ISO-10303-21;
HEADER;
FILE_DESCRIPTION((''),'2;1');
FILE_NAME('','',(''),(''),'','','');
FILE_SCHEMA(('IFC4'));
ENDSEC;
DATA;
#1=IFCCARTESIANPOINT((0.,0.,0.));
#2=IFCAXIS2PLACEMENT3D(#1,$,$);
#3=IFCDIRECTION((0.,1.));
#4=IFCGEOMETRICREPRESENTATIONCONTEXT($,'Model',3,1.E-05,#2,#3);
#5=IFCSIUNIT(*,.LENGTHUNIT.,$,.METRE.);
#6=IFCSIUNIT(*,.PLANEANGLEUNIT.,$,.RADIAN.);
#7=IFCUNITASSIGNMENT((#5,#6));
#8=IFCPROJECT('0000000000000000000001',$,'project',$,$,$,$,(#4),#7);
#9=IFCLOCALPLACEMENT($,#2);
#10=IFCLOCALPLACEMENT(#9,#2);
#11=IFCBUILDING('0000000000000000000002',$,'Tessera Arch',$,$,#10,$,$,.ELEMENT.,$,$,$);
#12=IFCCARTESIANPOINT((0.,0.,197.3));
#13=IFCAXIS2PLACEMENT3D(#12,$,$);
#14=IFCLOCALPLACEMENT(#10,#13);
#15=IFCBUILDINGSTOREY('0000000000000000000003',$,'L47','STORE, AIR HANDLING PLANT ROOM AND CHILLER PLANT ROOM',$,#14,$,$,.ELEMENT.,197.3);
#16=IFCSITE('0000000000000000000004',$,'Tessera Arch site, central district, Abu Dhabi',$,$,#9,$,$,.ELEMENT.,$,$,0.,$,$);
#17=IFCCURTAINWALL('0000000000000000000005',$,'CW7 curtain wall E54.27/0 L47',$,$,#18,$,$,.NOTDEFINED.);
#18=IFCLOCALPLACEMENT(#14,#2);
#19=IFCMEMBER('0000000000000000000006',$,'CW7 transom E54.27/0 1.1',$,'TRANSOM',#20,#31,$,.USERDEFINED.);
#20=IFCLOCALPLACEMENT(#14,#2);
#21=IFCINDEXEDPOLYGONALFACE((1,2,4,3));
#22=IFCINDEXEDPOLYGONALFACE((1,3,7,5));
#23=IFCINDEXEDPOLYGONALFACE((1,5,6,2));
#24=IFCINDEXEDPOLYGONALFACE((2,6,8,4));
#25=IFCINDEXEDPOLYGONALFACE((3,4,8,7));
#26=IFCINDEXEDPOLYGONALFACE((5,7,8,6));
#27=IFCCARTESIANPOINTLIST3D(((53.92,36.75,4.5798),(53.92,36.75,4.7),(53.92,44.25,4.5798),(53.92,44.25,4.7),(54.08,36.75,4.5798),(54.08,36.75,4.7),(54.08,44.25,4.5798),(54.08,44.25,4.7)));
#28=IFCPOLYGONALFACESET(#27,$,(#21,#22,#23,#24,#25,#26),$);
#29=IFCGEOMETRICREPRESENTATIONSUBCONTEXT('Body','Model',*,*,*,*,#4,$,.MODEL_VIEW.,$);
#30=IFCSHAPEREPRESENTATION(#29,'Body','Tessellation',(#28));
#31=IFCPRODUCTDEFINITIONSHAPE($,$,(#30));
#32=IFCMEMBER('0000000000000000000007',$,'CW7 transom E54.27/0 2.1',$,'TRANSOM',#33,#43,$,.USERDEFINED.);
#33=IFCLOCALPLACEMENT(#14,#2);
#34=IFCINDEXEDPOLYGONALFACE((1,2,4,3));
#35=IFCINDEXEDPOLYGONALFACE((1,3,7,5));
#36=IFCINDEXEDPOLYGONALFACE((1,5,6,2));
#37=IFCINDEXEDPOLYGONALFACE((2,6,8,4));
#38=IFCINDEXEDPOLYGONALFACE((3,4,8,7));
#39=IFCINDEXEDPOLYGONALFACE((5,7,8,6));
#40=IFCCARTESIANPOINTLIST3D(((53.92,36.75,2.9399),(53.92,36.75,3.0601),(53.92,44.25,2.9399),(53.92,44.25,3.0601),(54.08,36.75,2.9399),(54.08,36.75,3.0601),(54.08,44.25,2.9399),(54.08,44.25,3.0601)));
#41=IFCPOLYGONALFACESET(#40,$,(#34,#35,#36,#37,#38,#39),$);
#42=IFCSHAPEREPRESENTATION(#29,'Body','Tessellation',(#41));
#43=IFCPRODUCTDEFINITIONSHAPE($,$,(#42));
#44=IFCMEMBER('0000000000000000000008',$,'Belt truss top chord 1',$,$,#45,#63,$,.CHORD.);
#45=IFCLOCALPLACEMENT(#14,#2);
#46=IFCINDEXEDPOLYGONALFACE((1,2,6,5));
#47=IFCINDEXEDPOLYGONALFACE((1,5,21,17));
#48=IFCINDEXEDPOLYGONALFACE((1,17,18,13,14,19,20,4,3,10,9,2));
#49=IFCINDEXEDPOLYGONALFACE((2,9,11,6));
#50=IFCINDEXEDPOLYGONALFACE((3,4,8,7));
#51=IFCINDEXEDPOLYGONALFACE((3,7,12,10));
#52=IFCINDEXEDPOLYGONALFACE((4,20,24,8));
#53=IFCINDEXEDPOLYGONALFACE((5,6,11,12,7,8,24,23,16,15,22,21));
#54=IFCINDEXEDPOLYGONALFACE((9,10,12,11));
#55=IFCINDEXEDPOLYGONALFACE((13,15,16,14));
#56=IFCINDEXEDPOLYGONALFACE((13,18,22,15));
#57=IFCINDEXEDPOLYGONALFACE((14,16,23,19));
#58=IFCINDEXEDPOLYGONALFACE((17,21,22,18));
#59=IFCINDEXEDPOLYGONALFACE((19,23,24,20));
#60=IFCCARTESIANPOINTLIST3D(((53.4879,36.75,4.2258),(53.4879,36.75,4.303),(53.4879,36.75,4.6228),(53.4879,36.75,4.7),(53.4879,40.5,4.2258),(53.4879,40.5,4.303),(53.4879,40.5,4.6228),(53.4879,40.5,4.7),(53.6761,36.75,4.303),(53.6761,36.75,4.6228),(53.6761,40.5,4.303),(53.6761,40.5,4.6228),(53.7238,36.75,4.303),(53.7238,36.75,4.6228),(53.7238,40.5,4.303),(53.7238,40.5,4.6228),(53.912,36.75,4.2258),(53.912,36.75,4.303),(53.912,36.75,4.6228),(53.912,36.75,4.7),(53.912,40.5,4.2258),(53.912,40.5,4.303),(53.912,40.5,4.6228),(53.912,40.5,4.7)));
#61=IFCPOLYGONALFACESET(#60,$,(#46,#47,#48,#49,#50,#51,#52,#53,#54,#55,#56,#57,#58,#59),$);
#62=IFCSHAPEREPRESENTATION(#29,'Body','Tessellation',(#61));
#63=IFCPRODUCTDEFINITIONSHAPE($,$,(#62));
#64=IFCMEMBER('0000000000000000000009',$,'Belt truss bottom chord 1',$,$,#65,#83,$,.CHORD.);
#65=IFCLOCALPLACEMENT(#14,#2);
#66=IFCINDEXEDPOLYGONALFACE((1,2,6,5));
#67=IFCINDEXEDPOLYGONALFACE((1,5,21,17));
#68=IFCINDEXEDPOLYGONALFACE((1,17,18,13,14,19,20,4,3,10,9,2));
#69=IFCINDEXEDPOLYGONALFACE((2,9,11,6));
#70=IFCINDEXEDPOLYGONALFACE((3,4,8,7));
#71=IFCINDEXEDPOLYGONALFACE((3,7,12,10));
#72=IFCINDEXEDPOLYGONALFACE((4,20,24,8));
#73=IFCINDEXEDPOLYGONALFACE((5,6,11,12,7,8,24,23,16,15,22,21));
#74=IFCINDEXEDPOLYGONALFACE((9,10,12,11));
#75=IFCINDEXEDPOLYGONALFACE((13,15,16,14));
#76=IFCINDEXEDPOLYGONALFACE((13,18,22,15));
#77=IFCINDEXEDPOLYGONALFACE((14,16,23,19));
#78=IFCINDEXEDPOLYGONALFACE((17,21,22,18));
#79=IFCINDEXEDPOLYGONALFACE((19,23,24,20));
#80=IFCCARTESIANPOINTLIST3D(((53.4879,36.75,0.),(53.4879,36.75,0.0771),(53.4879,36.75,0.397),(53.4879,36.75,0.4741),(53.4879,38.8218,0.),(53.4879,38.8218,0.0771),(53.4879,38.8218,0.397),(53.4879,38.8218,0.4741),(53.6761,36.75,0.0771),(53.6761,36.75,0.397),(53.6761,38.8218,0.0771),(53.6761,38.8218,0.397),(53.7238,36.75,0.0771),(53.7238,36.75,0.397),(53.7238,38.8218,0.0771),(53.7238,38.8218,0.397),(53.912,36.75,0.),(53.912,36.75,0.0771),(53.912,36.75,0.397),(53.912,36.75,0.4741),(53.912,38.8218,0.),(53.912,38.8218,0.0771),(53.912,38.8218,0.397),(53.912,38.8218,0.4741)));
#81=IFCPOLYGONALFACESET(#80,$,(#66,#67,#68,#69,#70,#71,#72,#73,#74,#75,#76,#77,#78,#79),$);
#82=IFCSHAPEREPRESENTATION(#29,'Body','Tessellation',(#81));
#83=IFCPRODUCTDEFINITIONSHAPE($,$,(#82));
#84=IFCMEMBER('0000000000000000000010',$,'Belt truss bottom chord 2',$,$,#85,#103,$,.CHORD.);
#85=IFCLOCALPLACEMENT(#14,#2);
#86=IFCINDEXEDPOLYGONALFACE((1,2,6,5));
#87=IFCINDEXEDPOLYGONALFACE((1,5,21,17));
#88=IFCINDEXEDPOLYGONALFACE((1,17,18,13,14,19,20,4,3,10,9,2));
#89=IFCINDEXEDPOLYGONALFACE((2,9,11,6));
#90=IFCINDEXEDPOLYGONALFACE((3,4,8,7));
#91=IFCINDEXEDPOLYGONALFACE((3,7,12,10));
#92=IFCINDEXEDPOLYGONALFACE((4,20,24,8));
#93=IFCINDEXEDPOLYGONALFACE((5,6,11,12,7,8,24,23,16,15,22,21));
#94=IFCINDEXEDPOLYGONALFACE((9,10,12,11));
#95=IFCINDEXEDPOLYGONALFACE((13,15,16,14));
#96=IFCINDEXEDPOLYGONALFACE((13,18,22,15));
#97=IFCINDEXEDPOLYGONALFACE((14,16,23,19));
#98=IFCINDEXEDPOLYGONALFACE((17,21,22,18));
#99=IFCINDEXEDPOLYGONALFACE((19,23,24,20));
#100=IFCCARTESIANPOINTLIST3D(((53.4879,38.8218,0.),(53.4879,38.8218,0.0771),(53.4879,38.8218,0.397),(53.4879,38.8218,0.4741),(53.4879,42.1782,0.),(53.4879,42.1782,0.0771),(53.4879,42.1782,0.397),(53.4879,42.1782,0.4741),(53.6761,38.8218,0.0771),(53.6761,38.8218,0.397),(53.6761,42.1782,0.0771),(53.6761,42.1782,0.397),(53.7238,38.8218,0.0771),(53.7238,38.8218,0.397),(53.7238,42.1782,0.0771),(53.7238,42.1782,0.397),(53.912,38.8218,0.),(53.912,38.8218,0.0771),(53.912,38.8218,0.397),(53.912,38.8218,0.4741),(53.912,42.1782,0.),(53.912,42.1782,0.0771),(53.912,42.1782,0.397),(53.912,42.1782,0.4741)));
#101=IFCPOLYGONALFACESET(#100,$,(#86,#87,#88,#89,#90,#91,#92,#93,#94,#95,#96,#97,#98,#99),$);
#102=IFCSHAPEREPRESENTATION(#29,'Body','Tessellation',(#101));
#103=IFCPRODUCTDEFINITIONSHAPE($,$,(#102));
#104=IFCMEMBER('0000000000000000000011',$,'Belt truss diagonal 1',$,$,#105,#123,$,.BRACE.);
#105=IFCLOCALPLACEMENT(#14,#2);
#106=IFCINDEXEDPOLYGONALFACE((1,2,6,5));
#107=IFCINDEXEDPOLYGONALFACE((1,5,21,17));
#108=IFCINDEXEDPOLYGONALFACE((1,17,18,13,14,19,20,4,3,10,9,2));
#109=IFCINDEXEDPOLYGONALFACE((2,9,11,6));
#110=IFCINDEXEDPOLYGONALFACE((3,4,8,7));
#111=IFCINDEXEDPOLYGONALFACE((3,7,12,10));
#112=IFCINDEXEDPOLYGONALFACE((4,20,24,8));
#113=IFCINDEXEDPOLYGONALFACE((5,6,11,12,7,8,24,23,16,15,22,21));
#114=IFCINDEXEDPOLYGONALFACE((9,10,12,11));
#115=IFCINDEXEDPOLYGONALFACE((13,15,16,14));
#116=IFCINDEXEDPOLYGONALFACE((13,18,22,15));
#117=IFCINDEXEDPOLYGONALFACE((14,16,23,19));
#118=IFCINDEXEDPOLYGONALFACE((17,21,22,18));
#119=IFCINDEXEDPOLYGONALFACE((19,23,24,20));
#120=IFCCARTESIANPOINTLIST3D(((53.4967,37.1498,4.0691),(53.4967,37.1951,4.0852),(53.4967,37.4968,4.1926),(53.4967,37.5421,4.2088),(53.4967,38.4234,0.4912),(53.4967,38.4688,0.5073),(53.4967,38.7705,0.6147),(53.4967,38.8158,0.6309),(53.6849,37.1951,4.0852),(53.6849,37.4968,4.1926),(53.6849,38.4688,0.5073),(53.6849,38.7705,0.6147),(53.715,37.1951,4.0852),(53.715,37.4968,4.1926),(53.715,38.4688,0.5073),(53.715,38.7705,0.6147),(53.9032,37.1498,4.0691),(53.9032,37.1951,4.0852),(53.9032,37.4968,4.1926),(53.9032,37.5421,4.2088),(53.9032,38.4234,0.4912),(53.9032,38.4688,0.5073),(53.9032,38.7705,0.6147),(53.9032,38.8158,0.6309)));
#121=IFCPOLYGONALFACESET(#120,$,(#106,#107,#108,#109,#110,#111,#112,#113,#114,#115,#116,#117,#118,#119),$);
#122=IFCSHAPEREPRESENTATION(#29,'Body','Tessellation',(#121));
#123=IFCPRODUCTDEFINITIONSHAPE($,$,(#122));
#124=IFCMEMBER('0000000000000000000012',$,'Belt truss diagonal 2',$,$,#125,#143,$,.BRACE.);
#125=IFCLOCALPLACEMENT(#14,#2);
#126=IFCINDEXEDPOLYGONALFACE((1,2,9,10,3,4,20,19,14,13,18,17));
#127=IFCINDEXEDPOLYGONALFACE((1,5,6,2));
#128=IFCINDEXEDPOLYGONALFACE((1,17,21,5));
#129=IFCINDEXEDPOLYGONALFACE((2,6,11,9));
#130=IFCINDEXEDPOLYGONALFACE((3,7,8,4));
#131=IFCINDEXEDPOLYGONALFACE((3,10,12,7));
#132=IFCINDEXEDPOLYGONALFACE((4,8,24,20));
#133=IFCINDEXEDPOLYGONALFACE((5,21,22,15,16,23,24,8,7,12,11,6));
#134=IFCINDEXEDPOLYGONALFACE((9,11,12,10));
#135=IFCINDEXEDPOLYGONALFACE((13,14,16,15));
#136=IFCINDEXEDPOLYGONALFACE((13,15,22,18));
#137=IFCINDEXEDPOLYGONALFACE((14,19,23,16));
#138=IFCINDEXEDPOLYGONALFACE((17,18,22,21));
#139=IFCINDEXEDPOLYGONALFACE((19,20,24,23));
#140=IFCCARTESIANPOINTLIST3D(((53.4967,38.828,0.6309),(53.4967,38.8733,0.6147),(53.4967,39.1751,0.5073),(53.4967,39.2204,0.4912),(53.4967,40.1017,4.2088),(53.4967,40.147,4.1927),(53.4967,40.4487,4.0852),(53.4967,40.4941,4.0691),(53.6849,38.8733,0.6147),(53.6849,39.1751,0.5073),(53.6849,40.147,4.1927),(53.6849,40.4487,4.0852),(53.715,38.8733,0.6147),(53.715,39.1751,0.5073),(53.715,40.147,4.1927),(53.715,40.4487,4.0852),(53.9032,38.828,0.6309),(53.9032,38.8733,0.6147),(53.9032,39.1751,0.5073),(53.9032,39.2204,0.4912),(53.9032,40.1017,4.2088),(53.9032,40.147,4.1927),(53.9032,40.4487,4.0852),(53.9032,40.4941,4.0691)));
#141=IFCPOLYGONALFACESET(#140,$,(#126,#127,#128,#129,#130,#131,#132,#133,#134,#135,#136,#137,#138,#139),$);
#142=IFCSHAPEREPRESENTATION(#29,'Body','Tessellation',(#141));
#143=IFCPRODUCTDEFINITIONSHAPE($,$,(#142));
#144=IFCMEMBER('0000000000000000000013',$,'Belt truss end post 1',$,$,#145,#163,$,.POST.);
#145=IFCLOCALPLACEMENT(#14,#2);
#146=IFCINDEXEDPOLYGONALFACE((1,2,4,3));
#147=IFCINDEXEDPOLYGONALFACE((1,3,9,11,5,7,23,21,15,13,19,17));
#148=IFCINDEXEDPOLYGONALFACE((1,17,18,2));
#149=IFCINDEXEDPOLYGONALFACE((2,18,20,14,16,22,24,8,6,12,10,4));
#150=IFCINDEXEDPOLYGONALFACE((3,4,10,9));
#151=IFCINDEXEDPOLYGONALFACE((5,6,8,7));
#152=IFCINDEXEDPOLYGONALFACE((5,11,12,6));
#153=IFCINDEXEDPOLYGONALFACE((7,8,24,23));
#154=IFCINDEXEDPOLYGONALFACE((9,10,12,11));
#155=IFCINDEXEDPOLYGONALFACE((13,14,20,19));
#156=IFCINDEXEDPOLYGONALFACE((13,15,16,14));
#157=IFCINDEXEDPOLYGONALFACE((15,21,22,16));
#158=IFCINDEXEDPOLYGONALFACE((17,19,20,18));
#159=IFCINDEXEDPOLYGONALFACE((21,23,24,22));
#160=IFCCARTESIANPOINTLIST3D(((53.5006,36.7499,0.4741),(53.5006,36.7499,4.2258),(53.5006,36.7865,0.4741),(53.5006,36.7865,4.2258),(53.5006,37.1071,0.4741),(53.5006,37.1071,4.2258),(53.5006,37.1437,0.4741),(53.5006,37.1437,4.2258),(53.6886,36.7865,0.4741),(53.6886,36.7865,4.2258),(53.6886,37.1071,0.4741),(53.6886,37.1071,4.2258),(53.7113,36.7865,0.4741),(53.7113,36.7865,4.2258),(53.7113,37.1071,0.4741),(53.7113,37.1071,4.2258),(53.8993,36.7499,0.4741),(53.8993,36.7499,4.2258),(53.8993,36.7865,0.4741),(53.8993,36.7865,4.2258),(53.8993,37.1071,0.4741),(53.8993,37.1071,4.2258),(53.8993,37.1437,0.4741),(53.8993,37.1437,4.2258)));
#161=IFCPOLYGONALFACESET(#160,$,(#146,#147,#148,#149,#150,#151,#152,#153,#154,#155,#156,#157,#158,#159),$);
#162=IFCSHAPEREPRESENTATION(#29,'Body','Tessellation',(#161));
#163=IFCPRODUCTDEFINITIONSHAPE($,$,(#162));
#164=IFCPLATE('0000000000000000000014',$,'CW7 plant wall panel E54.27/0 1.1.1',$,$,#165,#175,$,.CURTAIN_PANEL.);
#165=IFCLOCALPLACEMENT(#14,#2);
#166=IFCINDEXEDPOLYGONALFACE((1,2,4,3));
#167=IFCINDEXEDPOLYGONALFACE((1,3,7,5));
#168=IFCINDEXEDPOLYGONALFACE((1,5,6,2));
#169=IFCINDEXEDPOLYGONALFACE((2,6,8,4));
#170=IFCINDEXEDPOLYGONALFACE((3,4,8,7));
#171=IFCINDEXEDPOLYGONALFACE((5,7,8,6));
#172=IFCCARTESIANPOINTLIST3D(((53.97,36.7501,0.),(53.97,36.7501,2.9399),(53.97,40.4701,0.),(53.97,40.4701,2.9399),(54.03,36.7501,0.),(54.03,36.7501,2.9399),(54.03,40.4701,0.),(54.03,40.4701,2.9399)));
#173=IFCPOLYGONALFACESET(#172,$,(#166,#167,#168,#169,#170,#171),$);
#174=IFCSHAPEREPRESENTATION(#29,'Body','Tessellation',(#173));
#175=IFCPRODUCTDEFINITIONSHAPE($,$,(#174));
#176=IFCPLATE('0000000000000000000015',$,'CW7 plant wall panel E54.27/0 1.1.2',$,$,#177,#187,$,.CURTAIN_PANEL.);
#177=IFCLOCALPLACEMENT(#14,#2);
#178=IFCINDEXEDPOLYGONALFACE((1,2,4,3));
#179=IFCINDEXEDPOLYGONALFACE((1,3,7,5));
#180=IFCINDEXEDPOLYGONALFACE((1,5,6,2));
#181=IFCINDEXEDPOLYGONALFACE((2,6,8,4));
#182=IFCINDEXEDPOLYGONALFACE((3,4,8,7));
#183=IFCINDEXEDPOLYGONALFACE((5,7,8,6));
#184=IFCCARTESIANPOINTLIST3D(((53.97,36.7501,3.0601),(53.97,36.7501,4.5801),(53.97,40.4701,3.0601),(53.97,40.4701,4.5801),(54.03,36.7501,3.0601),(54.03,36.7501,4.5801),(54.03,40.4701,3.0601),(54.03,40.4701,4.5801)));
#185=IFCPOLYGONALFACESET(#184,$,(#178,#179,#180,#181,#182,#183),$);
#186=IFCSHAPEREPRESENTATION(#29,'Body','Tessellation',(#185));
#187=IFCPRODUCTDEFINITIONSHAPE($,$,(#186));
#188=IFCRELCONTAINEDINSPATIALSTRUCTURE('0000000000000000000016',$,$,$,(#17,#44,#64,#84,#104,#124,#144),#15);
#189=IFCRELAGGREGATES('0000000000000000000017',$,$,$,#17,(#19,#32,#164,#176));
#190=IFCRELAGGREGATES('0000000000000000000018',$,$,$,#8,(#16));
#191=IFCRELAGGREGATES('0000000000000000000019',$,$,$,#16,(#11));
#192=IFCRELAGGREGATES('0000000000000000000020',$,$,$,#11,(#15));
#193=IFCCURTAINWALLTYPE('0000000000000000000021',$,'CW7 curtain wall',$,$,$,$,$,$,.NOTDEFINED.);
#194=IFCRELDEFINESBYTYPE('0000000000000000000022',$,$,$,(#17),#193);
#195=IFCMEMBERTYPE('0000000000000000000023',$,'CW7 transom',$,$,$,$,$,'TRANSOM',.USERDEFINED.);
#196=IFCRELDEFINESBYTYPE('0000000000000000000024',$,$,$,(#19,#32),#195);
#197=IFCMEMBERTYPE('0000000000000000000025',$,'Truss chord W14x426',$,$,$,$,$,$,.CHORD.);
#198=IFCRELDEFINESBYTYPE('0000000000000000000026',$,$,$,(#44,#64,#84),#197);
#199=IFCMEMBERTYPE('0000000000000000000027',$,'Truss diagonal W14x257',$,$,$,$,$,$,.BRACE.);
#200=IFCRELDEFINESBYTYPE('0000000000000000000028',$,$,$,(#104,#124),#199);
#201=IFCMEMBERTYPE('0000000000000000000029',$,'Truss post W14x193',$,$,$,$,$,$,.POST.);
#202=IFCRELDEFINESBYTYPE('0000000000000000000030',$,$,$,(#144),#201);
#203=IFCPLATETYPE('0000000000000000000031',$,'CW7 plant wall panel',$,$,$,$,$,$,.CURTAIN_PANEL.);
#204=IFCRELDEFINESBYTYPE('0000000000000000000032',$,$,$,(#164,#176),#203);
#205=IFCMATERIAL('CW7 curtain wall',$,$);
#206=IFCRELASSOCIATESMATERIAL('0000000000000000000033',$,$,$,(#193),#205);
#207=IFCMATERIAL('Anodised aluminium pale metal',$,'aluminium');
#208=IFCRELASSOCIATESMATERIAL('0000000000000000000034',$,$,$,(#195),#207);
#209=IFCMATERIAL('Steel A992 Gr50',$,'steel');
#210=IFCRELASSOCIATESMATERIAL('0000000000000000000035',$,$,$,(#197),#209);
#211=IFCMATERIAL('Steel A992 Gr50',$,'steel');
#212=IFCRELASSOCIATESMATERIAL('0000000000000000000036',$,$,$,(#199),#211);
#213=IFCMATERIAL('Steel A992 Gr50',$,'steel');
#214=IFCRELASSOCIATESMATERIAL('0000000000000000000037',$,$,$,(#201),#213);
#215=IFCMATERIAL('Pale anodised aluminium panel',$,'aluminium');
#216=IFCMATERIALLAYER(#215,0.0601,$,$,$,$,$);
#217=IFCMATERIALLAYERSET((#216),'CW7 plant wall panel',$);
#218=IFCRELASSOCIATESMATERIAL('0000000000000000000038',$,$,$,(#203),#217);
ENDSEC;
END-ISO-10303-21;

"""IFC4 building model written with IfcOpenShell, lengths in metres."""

from ifc_helpers import new_model, si_unit, direction, frame, origin, origin_2d, place, context, subcontext, project, spatial, rectangle, i_section, extrude, material, layer, layer_set, material_profile, profile_set, type_object, element, aggregate, save


model = new_model("IFC4")

# Units and contexts
model_context = context("Model", 3, precision=1e-05, world=origin(), true_north=direction((0.0, 1.0)))
body_context = subcontext(model_context, "Body", "Model", "MODEL_VIEW")
ifc_project = project(units=[si_unit("LENGTHUNIT", "METRE"), si_unit("PLANEANGLEUNIT", "RADIAN")], contexts=[model_context])

# Site, building, storey
site_placement = place(None, origin())
site = spatial("IfcSite", under=ifc_project, at=site_placement, Name="Tessera Arch site, central district, Abu Dhabi", CompositionType="ELEMENT", RefElevation=0.0)
building_placement = place(site_placement, origin())
building = spatial("IfcBuilding", under=site, at=building_placement, Name="Tessera Arch", CompositionType="ELEMENT")
storey_placement = place(building_placement, frame((0.0, 0.0, 197.3)))
storey = spatial("IfcBuildingStorey", under=building, at=storey_placement, Name="L47", Description="STORE, AIR HANDLING PLANT ROOM AND CHILLER PLANT ROOM", CompositionType="ELEMENT", Elevation=197.3)

# Curtain wall, members
ifc_material_1 = material(Name="CW7 curtain wall")
curtain_wall_type = type_object("IfcCurtainWallType", Name="CW7 curtain wall", PredefinedType="NOTDEFINED", material=ifc_material_1)
curtain_wall_placement = place(storey_placement, origin())
curtain_wall = element("IfcCurtainWall", 1, at=curtain_wall_placement, inside=storey, type_object=curtain_wall_type, Name="CW7 curtain wall E54.27/0 L47", PredefinedType="NOTDEFINED")
ifc_material_2 = material(Name="Anodised aluminium pale metal", Category="aluminium")
ifc_material_profile_1 = material_profile(ifc_material_2, rectangle(XDim=0.1599, YDim=0.1201, at=origin_2d()), Name="AL 160x120")
ifc_profile_set_1 = profile_set([ifc_material_profile_1], Name="Anodised aluminium pale metal")
member_type_1 = type_object("IfcMemberType", Name="CW7 transom", ElementType="TRANSOM", PredefinedType="USERDEFINED", material=ifc_profile_set_1)
member_1_placement = place(storey_placement, frame((54.0, 36.75, 4.6399), z_axis=(0.0, 1.0, 0.0), x_axis=(-1.0, 0.0, 0.0)))
member_1 = element("IfcMember", 2, at=member_1_placement, type_object=member_type_1, Name="CW7 transom E54.27/0 1.1", ObjectType="TRANSOM", PredefinedType="USERDEFINED", context=body_context, shape_type="SweptSolid", body=[
    extrude(rectangle(XDim=0.1599, YDim=0.1201, at=origin_2d()), origin(), (0.0, 0.0, 1.0), 7.5),
])
member_2_placement = place(storey_placement, frame((54.0, 36.75, 3.0), z_axis=(0.0, 1.0, 0.0), x_axis=(-1.0, 0.0, 0.0)))
member_2 = element("IfcMember", 3, at=member_2_placement, type_object=member_type_1, Name="CW7 transom E54.27/0 2.1", ObjectType="TRANSOM", PredefinedType="USERDEFINED", context=body_context, shape_type="SweptSolid", body=[
    extrude(rectangle(XDim=0.1599, YDim=0.1201, at=origin_2d()), origin(), (0.0, 0.0, 1.0), 7.5),
])

# Members
ifc_material_3 = material(Name="Steel A992 Gr50", Category="steel")
ifc_material_profile_2 = material_profile(ifc_material_3, i_section(OverallWidth=0.4241, OverallDepth=0.4741, WebThickness=0.0476, FlangeThickness=0.0771, at=origin_2d()), Name="W14x426")
ifc_profile_set_2 = profile_set([ifc_material_profile_2], Name="Steel A992 Gr50")
member_type_2 = type_object("IfcMemberType", Name="Truss chord W14x426", PredefinedType="CHORD", material=ifc_profile_set_2)
member_3_placement = place(storey_placement, frame((53.7, 36.75, 4.4629), z_axis=(0.0, 1.0, 0.0), x_axis=(-1.0, 0.0, 0.0)))
element("IfcMember", 4, at=member_3_placement, inside=storey, type_object=member_type_2, Name="Belt truss top chord 1", PredefinedType="CHORD", context=body_context, shape_type="SweptSolid", body=[
    extrude(i_section(OverallWidth=0.4241, OverallDepth=0.4741, WebThickness=0.0476, FlangeThickness=0.0771, at=origin_2d()), origin(), (0.0, 0.0, 1.0), 3.75),
])
member_4_placement = place(storey_placement, frame((53.7, 36.75, 0.2371), z_axis=(0.0, 1.0, 0.0), x_axis=(-1.0, 0.0, 0.0)))
element("IfcMember", 5, at=member_4_placement, inside=storey, type_object=member_type_2, Name="Belt truss bottom chord 1", PredefinedType="CHORD", context=body_context, shape_type="SweptSolid", body=[
    extrude(i_section(OverallWidth=0.4241, OverallDepth=0.4741, WebThickness=0.0476, FlangeThickness=0.0771, at=origin_2d()), origin(), (0.0, 0.0, 1.0), 2.0718),
])
member_5_placement = place(storey_placement, frame((53.7, 38.8218, 0.2371), z_axis=(0.0, 1.0, 0.0), x_axis=(-1.0, 0.0, 0.0)))
element("IfcMember", 6, at=member_5_placement, inside=storey, type_object=member_type_2, Name="Belt truss bottom chord 2", PredefinedType="CHORD", context=body_context, shape_type="SweptSolid", body=[
    extrude(i_section(OverallWidth=0.4241, OverallDepth=0.4741, WebThickness=0.0476, FlangeThickness=0.0771, at=origin_2d()), origin(), (0.0, 0.0, 1.0), 3.3564),
])
ifc_material_4 = material(Name="Steel A992 Gr50", Category="steel")
ifc_material_profile_3 = material_profile(ifc_material_4, i_section(OverallWidth=0.4065, OverallDepth=0.4165, WebThickness=0.03, FlangeThickness=0.0481, at=origin_2d()), Name="W14x257")
ifc_profile_set_3 = profile_set([ifc_material_profile_3], Name="Steel A992 Gr50")
member_type_3 = type_object("IfcMemberType", Name="Truss diagonal W14x257", PredefinedType="BRACE", material=ifc_profile_set_3)
for number, where, z_axis, x_axis, name in (
    (7, (53.7, 37.3459, 4.1389), (0.0, 0.335371, -0.942086), (-1.0, 0.0, 0.0), "Belt truss diagonal 1"),
    (8, (53.7, 39.0242, 0.561), (0.0, 0.335371, 0.942086), (-1.0, 0.0, 0.0), "Belt truss diagonal 2"),
):
    element("IfcMember", number, at=place(storey_placement, frame(where, z_axis=z_axis, x_axis=x_axis)), inside=storey, type_object=member_type_3, Name=name, PredefinedType="BRACE", context=body_context, shape_type="SweptSolid", body=[
        extrude(i_section(OverallWidth=0.4065, OverallDepth=0.4165, WebThickness=0.03, FlangeThickness=0.0481, at=origin_2d()), origin(), (0.0, 0.0, 1.0), 3.7979),
    ])
ifc_material_5 = material(Name="Steel A992 Gr50", Category="steel")
ifc_material_profile_4 = material_profile(ifc_material_5, i_section(OverallWidth=0.3987, OverallDepth=0.3938, WebThickness=0.0227, FlangeThickness=0.0366, at=origin_2d()), Name="W14x193")
ifc_profile_set_4 = profile_set([ifc_material_profile_4], Name="Steel A992 Gr50")
member_type_4 = type_object("IfcMemberType", Name="Truss post W14x193", PredefinedType="POST", material=ifc_profile_set_4)
member_6_placement = place(storey_placement, frame((53.7, 36.9468, 0.4741), z_axis=(0.0, 0.0, 1.0), x_axis=(1.0, 0.0, 0.0)))
element("IfcMember", 9, at=member_6_placement, inside=storey, type_object=member_type_4, Name="Belt truss end post 1", PredefinedType="POST", context=body_context, shape_type="SweptSolid", body=[
    extrude(i_section(OverallWidth=0.3987, OverallDepth=0.3938, WebThickness=0.0227, FlangeThickness=0.0366, at=origin_2d()), origin(), (0.0, 0.0, 1.0), 3.7517),
])

# Plates
ifc_material_6 = material(Name="Pale anodised aluminium panel", Category="aluminium")
ifc_layer_1 = layer(ifc_material_6, 0.0601)
ifc_layer_set_1 = layer_set([ifc_layer_1], Name="CW7 plant wall panel")
plate_type_1 = type_object("IfcPlateType", Name="CW7 plant wall panel", PredefinedType="CURTAIN_PANEL", material=ifc_layer_set_1)
plate_1_placement = place(storey_placement, frame((54.0, 38.6101, 0.0), z_axis=(0.0, 0.0, 1.0), x_axis=(0.0, 1.0, 0.0)))
plate_1 = element("IfcPlate", 10, at=plate_1_placement, type_object=plate_type_1, Name="CW7 plant wall panel E54.27/0 1.1.1", PredefinedType="CURTAIN_PANEL", context=body_context, shape_type="SweptSolid", body=[
    extrude(rectangle(XDim=3.72, YDim=0.0601, at=origin_2d()), origin(), (0.0, 0.0, 1.0), 2.9399),
])
plate_2_placement = place(storey_placement, frame((54.0, 38.6101, 3.0601), z_axis=(0.0, 0.0, 1.0), x_axis=(0.0, 1.0, 0.0)))
plate_2 = element("IfcPlate", 11, at=plate_2_placement, type_object=plate_type_1, Name="CW7 plant wall panel E54.27/0 1.1.2", PredefinedType="CURTAIN_PANEL", context=body_context, shape_type="SweptSolid", body=[
    extrude(rectangle(XDim=3.72, YDim=0.0601, at=origin_2d()), origin(), (0.0, 0.0, 1.0), 1.52),
])
aggregate(curtain_wall, [member_1, member_2, plate_1, plate_2])

save(model, "model.ifc")
